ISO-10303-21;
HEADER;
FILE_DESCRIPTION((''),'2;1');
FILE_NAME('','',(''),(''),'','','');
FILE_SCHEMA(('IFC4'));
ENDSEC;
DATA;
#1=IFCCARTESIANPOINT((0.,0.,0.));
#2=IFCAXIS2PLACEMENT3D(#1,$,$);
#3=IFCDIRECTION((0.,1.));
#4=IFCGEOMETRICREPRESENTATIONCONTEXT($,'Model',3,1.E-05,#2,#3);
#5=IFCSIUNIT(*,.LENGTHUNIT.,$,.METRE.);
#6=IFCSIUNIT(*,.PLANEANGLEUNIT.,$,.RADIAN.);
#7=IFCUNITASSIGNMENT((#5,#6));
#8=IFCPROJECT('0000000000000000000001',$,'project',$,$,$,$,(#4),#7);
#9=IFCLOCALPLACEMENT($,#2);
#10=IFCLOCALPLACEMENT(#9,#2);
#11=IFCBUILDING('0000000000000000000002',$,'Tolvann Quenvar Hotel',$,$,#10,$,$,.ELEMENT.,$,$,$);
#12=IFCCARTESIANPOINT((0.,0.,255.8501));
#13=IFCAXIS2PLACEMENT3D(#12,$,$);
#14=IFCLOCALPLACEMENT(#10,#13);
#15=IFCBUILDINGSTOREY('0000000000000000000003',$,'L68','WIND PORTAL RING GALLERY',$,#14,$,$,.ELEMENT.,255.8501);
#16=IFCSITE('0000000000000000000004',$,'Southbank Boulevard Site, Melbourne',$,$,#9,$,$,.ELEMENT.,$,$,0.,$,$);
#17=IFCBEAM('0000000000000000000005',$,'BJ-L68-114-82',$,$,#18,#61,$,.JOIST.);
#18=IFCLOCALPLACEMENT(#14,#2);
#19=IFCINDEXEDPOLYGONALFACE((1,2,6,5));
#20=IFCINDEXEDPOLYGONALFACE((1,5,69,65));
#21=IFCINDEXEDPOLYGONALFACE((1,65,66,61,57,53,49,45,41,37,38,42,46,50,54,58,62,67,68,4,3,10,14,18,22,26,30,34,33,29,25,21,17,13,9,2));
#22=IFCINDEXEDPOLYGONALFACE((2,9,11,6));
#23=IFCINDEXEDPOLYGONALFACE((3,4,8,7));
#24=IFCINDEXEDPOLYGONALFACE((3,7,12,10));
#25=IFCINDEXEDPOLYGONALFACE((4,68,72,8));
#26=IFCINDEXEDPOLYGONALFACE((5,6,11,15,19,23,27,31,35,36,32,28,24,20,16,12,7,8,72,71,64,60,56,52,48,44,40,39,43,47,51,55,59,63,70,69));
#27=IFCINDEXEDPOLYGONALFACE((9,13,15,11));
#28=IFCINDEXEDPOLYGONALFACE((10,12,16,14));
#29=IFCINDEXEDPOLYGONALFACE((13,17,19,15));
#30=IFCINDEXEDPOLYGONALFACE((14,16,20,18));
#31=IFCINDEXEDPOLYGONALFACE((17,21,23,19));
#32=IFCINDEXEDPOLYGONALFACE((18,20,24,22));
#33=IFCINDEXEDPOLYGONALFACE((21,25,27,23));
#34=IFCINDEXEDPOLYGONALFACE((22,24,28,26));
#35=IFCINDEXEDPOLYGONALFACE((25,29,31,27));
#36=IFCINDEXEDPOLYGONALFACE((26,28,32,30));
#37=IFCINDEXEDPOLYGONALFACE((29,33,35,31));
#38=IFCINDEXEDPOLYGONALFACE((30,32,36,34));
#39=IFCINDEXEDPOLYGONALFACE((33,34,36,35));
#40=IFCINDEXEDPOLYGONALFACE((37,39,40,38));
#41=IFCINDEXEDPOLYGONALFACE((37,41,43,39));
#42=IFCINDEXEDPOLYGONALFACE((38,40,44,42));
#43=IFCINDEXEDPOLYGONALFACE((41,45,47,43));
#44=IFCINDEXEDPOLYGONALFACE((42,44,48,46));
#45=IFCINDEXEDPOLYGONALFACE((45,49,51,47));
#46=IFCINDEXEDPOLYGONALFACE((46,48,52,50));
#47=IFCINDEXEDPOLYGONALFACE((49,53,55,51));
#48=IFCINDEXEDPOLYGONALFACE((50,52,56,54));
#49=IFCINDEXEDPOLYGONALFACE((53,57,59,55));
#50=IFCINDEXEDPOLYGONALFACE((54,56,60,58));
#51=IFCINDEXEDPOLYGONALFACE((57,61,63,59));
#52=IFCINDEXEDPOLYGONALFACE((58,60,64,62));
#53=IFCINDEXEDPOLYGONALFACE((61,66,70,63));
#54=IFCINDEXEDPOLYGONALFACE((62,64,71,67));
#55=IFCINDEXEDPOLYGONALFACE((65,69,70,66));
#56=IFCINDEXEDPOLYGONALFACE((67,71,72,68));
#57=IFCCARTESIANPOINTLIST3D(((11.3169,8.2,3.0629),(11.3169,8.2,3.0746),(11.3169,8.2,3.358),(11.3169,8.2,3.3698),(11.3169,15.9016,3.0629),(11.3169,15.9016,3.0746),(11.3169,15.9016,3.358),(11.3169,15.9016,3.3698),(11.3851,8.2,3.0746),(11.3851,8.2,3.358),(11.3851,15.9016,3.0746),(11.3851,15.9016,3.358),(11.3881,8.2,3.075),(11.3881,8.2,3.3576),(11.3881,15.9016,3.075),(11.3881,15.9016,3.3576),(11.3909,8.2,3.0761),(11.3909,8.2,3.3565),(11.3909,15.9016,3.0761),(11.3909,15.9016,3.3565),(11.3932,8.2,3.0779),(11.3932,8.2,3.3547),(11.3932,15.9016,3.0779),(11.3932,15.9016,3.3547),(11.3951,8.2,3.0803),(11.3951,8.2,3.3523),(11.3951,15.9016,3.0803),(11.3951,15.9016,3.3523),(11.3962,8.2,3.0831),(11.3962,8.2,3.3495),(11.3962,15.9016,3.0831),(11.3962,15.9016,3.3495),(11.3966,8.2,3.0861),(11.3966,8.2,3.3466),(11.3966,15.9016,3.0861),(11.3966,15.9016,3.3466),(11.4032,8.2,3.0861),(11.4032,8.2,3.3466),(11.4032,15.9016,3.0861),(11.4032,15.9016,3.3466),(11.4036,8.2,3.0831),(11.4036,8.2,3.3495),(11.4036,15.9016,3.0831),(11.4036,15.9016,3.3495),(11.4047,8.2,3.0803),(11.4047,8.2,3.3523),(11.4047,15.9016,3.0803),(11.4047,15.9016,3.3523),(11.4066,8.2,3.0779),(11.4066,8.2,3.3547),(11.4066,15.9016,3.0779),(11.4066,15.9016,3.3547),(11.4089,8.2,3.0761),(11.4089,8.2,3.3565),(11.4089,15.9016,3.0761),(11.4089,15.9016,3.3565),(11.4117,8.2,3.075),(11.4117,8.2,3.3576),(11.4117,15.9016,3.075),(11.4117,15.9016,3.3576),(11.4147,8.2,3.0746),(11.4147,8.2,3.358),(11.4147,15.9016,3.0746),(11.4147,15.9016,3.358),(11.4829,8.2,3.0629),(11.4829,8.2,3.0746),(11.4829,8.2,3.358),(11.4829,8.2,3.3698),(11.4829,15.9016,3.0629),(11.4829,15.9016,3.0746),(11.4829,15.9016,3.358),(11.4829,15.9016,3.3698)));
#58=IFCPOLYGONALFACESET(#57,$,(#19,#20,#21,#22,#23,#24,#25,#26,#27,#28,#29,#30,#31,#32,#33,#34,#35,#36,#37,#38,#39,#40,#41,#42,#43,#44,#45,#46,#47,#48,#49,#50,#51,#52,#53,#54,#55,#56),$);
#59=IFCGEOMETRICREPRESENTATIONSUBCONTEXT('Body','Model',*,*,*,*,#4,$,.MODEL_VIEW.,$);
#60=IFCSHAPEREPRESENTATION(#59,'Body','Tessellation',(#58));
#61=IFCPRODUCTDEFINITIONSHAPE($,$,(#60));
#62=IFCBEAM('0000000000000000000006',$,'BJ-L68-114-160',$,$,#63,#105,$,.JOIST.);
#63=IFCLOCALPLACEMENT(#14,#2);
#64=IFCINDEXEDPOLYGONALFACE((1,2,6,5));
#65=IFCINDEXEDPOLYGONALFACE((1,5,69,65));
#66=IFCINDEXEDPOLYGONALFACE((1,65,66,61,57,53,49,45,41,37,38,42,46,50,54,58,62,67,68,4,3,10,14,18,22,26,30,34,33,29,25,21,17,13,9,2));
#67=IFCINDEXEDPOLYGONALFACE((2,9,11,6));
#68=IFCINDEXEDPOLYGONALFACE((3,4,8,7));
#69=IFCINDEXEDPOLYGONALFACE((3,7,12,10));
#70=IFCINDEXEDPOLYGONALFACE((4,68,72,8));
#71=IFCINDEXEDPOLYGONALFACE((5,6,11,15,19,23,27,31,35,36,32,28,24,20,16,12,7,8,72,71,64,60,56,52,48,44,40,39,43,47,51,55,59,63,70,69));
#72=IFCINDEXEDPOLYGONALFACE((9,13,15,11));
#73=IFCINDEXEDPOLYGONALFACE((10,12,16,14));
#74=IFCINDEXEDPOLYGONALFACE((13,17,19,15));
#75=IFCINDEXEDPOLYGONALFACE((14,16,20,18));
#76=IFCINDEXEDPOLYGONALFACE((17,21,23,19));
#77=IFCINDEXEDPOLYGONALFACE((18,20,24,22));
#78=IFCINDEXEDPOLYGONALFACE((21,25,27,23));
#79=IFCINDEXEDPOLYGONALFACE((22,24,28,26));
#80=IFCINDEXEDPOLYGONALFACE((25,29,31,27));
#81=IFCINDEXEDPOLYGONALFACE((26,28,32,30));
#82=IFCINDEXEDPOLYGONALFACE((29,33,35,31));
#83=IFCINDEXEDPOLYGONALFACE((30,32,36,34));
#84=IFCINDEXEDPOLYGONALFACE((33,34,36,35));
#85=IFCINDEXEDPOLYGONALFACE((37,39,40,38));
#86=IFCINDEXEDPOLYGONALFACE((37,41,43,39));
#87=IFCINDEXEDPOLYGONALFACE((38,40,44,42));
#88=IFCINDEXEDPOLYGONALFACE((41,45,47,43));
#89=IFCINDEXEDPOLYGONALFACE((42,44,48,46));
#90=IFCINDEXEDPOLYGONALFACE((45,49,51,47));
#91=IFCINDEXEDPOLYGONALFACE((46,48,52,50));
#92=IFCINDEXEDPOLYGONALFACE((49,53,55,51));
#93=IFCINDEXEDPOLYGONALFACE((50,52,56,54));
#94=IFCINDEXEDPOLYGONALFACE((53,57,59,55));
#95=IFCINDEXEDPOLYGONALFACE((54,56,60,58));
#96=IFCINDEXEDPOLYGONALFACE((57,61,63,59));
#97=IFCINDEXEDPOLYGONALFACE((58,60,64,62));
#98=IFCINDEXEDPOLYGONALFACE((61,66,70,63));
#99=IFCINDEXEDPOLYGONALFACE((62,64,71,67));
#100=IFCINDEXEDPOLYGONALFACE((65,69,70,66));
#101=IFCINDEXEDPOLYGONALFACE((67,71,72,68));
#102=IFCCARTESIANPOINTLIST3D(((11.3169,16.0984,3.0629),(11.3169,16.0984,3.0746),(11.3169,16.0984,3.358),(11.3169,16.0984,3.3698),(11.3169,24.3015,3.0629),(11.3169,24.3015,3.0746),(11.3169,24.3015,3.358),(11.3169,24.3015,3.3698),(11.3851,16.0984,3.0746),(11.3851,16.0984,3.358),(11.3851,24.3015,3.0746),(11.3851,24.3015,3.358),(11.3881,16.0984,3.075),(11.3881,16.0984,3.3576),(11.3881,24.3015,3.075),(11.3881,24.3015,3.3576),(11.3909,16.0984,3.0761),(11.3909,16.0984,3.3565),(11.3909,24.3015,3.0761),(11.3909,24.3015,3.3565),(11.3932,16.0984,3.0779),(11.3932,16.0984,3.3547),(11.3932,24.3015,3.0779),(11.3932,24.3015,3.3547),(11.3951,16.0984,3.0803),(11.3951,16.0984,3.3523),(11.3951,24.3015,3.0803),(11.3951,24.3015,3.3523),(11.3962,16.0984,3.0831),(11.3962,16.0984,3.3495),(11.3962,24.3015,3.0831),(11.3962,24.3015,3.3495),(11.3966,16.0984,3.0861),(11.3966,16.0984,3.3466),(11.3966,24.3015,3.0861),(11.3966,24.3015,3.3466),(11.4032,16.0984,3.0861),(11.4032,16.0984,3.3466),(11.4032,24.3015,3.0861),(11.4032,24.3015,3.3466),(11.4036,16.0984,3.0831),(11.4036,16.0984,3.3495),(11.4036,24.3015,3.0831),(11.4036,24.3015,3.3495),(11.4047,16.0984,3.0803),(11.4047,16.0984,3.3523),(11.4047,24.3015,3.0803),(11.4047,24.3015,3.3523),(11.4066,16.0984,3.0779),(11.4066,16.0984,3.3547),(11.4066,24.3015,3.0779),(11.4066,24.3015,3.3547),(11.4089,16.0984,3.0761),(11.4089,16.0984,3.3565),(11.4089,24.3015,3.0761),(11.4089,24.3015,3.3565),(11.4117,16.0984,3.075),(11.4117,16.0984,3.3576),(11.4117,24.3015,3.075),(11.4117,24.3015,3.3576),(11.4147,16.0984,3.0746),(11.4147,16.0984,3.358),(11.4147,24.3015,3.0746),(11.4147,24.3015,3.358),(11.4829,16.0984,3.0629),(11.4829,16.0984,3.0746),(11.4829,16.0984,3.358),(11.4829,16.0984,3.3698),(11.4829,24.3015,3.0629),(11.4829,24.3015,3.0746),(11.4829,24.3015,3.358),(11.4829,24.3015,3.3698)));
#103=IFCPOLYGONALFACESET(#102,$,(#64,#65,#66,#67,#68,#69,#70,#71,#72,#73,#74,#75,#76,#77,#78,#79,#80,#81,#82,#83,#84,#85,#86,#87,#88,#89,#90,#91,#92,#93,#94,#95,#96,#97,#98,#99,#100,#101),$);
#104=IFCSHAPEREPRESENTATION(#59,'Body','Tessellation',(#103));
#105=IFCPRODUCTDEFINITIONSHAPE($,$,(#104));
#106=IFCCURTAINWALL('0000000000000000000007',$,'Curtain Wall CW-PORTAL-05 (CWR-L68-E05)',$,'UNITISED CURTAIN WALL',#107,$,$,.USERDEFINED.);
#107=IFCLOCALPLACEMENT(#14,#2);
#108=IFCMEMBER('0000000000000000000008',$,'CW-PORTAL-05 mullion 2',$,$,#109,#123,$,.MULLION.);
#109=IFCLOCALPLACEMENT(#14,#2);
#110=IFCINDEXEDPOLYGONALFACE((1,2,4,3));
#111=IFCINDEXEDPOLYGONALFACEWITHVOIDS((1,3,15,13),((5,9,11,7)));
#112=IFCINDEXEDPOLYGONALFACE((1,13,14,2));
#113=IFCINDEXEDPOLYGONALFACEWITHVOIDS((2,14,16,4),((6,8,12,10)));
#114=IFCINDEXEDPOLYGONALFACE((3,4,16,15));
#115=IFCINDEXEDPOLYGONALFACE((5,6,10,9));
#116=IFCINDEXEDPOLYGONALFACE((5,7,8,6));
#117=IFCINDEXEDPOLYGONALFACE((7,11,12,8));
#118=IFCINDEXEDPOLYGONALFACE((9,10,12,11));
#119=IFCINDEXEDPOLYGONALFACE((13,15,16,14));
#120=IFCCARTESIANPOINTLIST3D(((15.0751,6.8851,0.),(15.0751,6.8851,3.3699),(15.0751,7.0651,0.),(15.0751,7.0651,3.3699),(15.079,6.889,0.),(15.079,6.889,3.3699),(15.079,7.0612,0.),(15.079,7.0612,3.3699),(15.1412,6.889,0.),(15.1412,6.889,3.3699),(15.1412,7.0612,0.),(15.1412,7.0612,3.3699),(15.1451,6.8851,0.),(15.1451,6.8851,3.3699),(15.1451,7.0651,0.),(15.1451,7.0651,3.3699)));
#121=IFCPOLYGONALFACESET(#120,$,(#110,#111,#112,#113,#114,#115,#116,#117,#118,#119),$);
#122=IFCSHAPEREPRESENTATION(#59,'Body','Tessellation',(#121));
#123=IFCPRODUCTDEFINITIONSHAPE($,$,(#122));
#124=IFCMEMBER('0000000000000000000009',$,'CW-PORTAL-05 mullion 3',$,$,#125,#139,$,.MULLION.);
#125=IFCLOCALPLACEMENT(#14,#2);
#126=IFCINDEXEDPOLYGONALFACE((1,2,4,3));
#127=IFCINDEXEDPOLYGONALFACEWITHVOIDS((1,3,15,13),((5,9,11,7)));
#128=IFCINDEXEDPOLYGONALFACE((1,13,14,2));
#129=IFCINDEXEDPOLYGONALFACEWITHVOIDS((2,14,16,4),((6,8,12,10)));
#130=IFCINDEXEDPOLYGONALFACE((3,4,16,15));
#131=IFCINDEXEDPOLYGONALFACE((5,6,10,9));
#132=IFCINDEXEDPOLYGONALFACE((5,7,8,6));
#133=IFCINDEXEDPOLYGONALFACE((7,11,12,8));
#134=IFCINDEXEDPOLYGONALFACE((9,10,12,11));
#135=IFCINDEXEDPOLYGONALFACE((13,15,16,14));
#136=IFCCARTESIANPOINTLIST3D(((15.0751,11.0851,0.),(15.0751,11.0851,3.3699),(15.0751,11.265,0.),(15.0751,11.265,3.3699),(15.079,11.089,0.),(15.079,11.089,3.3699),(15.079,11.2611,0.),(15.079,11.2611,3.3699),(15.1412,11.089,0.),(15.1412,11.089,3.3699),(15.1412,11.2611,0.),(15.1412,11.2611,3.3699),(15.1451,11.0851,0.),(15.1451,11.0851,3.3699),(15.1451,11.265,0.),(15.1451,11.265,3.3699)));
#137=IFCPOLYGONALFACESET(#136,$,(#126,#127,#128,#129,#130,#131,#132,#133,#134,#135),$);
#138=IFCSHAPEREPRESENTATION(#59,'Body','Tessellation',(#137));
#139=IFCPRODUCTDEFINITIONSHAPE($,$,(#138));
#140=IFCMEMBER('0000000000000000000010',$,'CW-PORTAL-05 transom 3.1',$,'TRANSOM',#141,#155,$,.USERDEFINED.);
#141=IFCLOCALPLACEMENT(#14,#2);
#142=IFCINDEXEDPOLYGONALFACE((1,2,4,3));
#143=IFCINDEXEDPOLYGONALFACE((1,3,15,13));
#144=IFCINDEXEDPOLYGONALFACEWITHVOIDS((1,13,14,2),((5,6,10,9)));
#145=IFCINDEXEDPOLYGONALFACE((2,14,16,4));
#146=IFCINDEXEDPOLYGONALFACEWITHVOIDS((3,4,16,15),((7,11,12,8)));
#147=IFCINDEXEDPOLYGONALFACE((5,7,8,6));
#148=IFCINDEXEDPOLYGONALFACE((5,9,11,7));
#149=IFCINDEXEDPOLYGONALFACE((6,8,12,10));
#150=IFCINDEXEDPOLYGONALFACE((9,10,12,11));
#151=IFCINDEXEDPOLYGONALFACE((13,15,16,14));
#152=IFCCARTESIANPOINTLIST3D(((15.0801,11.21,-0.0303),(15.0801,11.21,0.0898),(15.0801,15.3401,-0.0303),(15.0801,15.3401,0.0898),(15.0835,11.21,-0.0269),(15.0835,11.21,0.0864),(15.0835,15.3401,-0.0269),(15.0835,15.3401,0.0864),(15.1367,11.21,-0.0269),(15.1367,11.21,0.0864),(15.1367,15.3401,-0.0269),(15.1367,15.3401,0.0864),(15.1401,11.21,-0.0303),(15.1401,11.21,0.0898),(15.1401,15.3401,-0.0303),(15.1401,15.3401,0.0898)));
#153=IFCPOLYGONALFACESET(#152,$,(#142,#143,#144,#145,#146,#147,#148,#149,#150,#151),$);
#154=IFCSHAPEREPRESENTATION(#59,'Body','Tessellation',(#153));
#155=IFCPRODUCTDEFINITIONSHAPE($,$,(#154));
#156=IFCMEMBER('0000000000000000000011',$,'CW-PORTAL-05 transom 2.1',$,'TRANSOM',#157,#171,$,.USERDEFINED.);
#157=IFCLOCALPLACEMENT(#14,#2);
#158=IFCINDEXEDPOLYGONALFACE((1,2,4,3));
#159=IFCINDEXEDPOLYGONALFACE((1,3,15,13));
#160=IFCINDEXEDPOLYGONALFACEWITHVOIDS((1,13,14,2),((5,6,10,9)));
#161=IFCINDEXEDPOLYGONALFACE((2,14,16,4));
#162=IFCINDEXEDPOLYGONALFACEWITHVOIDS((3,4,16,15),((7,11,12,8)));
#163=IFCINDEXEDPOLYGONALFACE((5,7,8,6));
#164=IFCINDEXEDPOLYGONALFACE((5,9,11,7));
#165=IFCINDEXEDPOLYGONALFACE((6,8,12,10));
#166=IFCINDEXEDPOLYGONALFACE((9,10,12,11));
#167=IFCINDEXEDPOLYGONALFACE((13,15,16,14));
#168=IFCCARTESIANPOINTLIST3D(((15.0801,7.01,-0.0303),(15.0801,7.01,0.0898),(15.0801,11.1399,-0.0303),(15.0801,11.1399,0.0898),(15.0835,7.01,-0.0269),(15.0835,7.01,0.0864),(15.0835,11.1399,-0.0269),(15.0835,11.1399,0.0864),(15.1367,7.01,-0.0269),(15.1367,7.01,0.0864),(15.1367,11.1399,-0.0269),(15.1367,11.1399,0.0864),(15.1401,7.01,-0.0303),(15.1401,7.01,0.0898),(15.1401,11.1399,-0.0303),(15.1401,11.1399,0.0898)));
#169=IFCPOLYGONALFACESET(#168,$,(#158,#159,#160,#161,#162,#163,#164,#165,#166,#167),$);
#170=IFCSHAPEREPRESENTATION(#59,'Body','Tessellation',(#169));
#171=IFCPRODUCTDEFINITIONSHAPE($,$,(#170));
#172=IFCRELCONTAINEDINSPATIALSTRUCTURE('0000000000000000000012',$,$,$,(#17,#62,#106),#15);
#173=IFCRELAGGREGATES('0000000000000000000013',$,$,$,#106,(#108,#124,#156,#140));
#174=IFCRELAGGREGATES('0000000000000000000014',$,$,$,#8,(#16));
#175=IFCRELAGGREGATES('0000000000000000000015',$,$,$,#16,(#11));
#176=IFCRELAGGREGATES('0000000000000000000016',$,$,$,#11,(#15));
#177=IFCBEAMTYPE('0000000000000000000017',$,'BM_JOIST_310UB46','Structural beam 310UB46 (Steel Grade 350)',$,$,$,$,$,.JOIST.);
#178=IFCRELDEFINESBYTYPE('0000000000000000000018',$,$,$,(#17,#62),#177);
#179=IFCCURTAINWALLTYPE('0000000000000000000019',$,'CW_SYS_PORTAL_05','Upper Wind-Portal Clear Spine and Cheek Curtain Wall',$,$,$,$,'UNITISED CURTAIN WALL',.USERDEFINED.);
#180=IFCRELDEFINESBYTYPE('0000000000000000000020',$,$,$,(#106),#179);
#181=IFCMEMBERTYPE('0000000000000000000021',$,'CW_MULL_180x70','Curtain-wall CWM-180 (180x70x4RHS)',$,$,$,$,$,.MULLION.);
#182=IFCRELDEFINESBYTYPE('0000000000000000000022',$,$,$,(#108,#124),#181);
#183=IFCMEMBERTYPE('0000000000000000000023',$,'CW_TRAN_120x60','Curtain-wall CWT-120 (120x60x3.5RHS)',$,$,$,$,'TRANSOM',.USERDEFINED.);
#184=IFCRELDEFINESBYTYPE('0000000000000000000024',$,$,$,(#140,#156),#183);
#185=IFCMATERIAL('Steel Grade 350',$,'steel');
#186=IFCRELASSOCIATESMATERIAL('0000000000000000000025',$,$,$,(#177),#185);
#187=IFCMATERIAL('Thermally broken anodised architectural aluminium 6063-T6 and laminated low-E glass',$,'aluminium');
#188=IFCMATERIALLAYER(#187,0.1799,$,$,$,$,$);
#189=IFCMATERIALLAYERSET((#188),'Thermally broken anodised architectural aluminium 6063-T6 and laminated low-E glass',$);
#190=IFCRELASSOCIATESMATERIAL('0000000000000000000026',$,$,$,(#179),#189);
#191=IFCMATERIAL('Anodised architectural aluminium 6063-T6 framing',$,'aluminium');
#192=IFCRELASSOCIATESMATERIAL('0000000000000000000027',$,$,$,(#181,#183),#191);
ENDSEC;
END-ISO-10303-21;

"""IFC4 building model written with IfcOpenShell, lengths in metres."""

from ifc_helpers import new_model, si_unit, direction, frame, origin, origin_2d, place, context, subcontext, project, spatial, hollow_rectangle, i_section, extrude, source, transform, mapped, material, layer, layer_set, material_profile, profile_set, type_object, type_shapes, element, aggregate, save


model = new_model("IFC4")

# Units and contexts
model_context = context("Model", 3, precision=1e-05, world=origin(), true_north=direction((0.0, 1.0)))
body_context = subcontext(model_context, "Body", "Model", "MODEL_VIEW")
ifc_project = project(units=[si_unit("LENGTHUNIT", "METRE"), si_unit("PLANEANGLEUNIT", "RADIAN")], contexts=[model_context])

# Site, building, storey
site_placement = place(None, origin())
site = spatial("IfcSite", under=ifc_project, at=site_placement, Name="Southbank Boulevard Site, Melbourne", CompositionType="ELEMENT", RefElevation=0.0)
building_placement = place(site_placement, origin())
building = spatial("IfcBuilding", under=site, at=building_placement, Name="Tolvann Quenvar Hotel", CompositionType="ELEMENT")
storey_placement = place(building_placement, frame((0.0, 0.0, 255.8501)))
storey = spatial("IfcBuildingStorey", under=building, at=storey_placement, Name="L68", Description="WIND PORTAL RING GALLERY", CompositionType="ELEMENT", Elevation=255.8501)

# Shared definitions
ifc_material_1 = material(Name="Steel Grade 350", Category="steel")

# Beams
ifc_material_profile_1 = material_profile(ifc_material_1, i_section(OverallWidth=0.166, OverallDepth=0.3069, WebThickness=0.0066, FlangeThickness=0.0117, FilletRadius=0.0115, at=origin_2d()), Name="310UB46")
ifc_profile_set_1 = profile_set([ifc_material_profile_1], Name="Steel Grade 350")
beam_type_1 = type_object("IfcBeamType", Name="BM_JOIST_310UB46", Description="Structural beam 310UB46 (Steel Grade 350)", PredefinedType="JOIST", material=ifc_profile_set_1)
shared_shape_1 = source(origin(), body_context, "Body", "SweptSolid", [
    extrude(i_section(OverallWidth=0.166, OverallDepth=0.3069, WebThickness=0.0066, FlangeThickness=0.0117, FilletRadius=0.0115, at=origin_2d()), origin(), (0.0, 0.0, 1.0), 7.7017),
])
beam_1_placement = place(storey_placement, frame((11.3999, 8.2, 3.2163), z_axis=(0.0, 1.0, 0.0), x_axis=(-1.0, 0.0, 0.0)))
element("IfcBeam", 1, at=beam_1_placement, inside=storey, type_object=beam_type_1, Name="BJ-L68-114-82", PredefinedType="JOIST", context=body_context, shape_type="MappedRepresentation", body=[
    mapped(shared_shape_1, transform((0.0, 0.0, 0.0), x_axis=(1.0, 0.0, 0.0), y_axis=(0.0, 1.0, 0.0), z_axis=(0.0, 0.0, 1.0), scale=1.0)),
])
shared_shape_2 = source(origin(), body_context, "Body", "SweptSolid", [
    extrude(i_section(OverallWidth=0.166, OverallDepth=0.3069, WebThickness=0.0066, FlangeThickness=0.0117, FilletRadius=0.0115, at=origin_2d()), origin(), (0.0, 0.0, 1.0), 8.2031),
])
type_shapes(beam_type_1, [shared_shape_1, shared_shape_2])
beam_2_placement = place(storey_placement, frame((11.3999, 16.0984, 3.2163), z_axis=(0.0, 1.0, 0.0), x_axis=(-1.0, 0.0, 0.0)))
element("IfcBeam", 2, at=beam_2_placement, inside=storey, type_object=beam_type_1, Name="BJ-L68-114-160", PredefinedType="JOIST", context=body_context, shape_type="MappedRepresentation", body=[
    mapped(shared_shape_2, transform((0.0, 0.0, 0.0), x_axis=(1.0, 0.0, 0.0), y_axis=(0.0, 1.0, 0.0), z_axis=(0.0, 0.0, 1.0), scale=1.0)),
])

# Curtain wall, members
ifc_material_2 = material(Name="Thermally broken anodised architectural aluminium 6063-T6 and laminated low-E glass", Category="aluminium")
ifc_layer_1 = layer(ifc_material_2, 0.1799)
ifc_layer_set_1 = layer_set([ifc_layer_1], Name="Thermally broken anodised architectural aluminium 6063-T6 and laminated low-E glass")
curtain_wall_type = type_object("IfcCurtainWallType", Name="CW_SYS_PORTAL_05", Description="Upper Wind-Portal Clear Spine and Cheek Curtain Wall", ElementType="UNITISED CURTAIN WALL", PredefinedType="USERDEFINED", material=ifc_layer_set_1)
curtain_wall_placement = place(storey_placement, origin())
curtain_wall = element("IfcCurtainWall", 3, at=curtain_wall_placement, inside=storey, type_object=curtain_wall_type, Name="Curtain Wall CW-PORTAL-05 (CWR-L68-E05)", ObjectType="UNITISED CURTAIN WALL", PredefinedType="USERDEFINED")
ifc_material_3 = material(Name="Anodised architectural aluminium 6063-T6 framing", Category="aluminium")
ifc_material_profile_2 = material_profile(ifc_material_3, hollow_rectangle(XDim=0.0701, YDim=0.1799, WallThickness=0.0039, at=origin_2d()), Name="180x70x4RHS")
ifc_profile_set_2 = profile_set([ifc_material_profile_2], Name="Anodised architectural aluminium 6063-T6 framing")
member_type_1 = type_object("IfcMemberType", Name="CW_MULL_180x70", Description="Curtain-wall CWM-180 (180x70x4RHS)", PredefinedType="MULLION", material=ifc_profile_set_2)
shared_shape_3 = source(origin(), body_context, "Body", "SweptSolid", [
    extrude(hollow_rectangle(XDim=0.0701, YDim=0.1799, WallThickness=0.0039, at=origin_2d()), origin(), (0.0, 0.0, 1.0), 3.3699),
])
type_shapes(member_type_1, [shared_shape_3])
member_1_placement = place(storey_placement, frame((15.1101, 6.9751, 0.0), z_axis=(0.0, 0.0, 1.0), x_axis=(-1.0, 0.0, 0.0)))
member_1 = element("IfcMember", 4, at=member_1_placement, type_object=member_type_1, Name="CW-PORTAL-05 mullion 2", PredefinedType="MULLION", context=body_context, shape_type="MappedRepresentation", body=[
    mapped(shared_shape_3, transform((0.0, 0.0, 0.0), x_axis=(1.0, 0.0, 0.0), y_axis=(0.0, 1.0, 0.0), z_axis=(0.0, 0.0, 1.0), scale=1.0)),
])
member_2_placement = place(storey_placement, frame((15.1101, 11.175, 0.0), z_axis=(0.0, 0.0, 1.0), x_axis=(-1.0, 0.0, 0.0)))
member_2 = element("IfcMember", 5, at=member_2_placement, type_object=member_type_1, Name="CW-PORTAL-05 mullion 3", PredefinedType="MULLION", context=body_context, shape_type="MappedRepresentation", body=[
    mapped(shared_shape_3, transform((0.0, 0.0, 0.0), x_axis=(1.0, 0.0, 0.0), y_axis=(0.0, 1.0, 0.0), z_axis=(0.0, 0.0, 1.0), scale=1.0)),
])
ifc_material_profile_3 = material_profile(ifc_material_3, hollow_rectangle(XDim=0.0601, YDim=0.1201, WallThickness=0.0034, at=origin_2d()), Name="120x60x3.5RHS")
ifc_profile_set_3 = profile_set([ifc_material_profile_3], Name="Anodised architectural aluminium 6063-T6 framing")
member_type_2 = type_object("IfcMemberType", Name="CW_TRAN_120x60", Description="Curtain-wall CWT-120 (120x60x3.5RHS)", ElementType="TRANSOM", PredefinedType="USERDEFINED", material=ifc_profile_set_3)
shared_shape_4 = source(origin(), body_context, "Body", "SweptSolid", [
    extrude(hollow_rectangle(XDim=0.0601, YDim=0.1201, WallThickness=0.0034, at=origin_2d()), origin(), (0.0, 0.0, 1.0), 4.1301),
])
member_3_placement = place(storey_placement, frame((15.1101, 11.21, 0.0298), z_axis=(0.0, 1.0, 0.0), x_axis=(-1.0, 0.0, 0.0)))
member_3 = element("IfcMember", 6, at=member_3_placement, type_object=member_type_2, Name="CW-PORTAL-05 transom 3.1", ObjectType="TRANSOM", PredefinedType="USERDEFINED", context=body_context, shape_type="MappedRepresentation", body=[
    mapped(shared_shape_4, transform((0.0, 0.0, 0.0), x_axis=(1.0, 0.0, 0.0), y_axis=(0.0, 1.0, 0.0), z_axis=(0.0, 0.0, 1.0), scale=1.0)),
])
shared_shape_5 = source(origin(), body_context, "Body", "SweptSolid", [
    extrude(hollow_rectangle(XDim=0.0601, YDim=0.1201, WallThickness=0.0034, at=origin_2d()), origin(), (0.0, 0.0, 1.0), 4.1299),
])
type_shapes(member_type_2, [shared_shape_4, shared_shape_5])
member_4_placement = place(storey_placement, frame((15.1101, 7.01, 0.0298), z_axis=(0.0, 1.0, 0.0), x_axis=(-1.0, 0.0, 0.0)))
member_4 = element("IfcMember", 7, at=member_4_placement, type_object=member_type_2, Name="CW-PORTAL-05 transom 2.1", ObjectType="TRANSOM", PredefinedType="USERDEFINED", context=body_context, shape_type="MappedRepresentation", body=[
    mapped(shared_shape_5, transform((0.0, 0.0, 0.0), x_axis=(1.0, 0.0, 0.0), y_axis=(0.0, 1.0, 0.0), z_axis=(0.0, 0.0, 1.0), scale=1.0)),
])
aggregate(curtain_wall, [member_1, member_2, member_4, member_3])

save(model, "model.ifc")
